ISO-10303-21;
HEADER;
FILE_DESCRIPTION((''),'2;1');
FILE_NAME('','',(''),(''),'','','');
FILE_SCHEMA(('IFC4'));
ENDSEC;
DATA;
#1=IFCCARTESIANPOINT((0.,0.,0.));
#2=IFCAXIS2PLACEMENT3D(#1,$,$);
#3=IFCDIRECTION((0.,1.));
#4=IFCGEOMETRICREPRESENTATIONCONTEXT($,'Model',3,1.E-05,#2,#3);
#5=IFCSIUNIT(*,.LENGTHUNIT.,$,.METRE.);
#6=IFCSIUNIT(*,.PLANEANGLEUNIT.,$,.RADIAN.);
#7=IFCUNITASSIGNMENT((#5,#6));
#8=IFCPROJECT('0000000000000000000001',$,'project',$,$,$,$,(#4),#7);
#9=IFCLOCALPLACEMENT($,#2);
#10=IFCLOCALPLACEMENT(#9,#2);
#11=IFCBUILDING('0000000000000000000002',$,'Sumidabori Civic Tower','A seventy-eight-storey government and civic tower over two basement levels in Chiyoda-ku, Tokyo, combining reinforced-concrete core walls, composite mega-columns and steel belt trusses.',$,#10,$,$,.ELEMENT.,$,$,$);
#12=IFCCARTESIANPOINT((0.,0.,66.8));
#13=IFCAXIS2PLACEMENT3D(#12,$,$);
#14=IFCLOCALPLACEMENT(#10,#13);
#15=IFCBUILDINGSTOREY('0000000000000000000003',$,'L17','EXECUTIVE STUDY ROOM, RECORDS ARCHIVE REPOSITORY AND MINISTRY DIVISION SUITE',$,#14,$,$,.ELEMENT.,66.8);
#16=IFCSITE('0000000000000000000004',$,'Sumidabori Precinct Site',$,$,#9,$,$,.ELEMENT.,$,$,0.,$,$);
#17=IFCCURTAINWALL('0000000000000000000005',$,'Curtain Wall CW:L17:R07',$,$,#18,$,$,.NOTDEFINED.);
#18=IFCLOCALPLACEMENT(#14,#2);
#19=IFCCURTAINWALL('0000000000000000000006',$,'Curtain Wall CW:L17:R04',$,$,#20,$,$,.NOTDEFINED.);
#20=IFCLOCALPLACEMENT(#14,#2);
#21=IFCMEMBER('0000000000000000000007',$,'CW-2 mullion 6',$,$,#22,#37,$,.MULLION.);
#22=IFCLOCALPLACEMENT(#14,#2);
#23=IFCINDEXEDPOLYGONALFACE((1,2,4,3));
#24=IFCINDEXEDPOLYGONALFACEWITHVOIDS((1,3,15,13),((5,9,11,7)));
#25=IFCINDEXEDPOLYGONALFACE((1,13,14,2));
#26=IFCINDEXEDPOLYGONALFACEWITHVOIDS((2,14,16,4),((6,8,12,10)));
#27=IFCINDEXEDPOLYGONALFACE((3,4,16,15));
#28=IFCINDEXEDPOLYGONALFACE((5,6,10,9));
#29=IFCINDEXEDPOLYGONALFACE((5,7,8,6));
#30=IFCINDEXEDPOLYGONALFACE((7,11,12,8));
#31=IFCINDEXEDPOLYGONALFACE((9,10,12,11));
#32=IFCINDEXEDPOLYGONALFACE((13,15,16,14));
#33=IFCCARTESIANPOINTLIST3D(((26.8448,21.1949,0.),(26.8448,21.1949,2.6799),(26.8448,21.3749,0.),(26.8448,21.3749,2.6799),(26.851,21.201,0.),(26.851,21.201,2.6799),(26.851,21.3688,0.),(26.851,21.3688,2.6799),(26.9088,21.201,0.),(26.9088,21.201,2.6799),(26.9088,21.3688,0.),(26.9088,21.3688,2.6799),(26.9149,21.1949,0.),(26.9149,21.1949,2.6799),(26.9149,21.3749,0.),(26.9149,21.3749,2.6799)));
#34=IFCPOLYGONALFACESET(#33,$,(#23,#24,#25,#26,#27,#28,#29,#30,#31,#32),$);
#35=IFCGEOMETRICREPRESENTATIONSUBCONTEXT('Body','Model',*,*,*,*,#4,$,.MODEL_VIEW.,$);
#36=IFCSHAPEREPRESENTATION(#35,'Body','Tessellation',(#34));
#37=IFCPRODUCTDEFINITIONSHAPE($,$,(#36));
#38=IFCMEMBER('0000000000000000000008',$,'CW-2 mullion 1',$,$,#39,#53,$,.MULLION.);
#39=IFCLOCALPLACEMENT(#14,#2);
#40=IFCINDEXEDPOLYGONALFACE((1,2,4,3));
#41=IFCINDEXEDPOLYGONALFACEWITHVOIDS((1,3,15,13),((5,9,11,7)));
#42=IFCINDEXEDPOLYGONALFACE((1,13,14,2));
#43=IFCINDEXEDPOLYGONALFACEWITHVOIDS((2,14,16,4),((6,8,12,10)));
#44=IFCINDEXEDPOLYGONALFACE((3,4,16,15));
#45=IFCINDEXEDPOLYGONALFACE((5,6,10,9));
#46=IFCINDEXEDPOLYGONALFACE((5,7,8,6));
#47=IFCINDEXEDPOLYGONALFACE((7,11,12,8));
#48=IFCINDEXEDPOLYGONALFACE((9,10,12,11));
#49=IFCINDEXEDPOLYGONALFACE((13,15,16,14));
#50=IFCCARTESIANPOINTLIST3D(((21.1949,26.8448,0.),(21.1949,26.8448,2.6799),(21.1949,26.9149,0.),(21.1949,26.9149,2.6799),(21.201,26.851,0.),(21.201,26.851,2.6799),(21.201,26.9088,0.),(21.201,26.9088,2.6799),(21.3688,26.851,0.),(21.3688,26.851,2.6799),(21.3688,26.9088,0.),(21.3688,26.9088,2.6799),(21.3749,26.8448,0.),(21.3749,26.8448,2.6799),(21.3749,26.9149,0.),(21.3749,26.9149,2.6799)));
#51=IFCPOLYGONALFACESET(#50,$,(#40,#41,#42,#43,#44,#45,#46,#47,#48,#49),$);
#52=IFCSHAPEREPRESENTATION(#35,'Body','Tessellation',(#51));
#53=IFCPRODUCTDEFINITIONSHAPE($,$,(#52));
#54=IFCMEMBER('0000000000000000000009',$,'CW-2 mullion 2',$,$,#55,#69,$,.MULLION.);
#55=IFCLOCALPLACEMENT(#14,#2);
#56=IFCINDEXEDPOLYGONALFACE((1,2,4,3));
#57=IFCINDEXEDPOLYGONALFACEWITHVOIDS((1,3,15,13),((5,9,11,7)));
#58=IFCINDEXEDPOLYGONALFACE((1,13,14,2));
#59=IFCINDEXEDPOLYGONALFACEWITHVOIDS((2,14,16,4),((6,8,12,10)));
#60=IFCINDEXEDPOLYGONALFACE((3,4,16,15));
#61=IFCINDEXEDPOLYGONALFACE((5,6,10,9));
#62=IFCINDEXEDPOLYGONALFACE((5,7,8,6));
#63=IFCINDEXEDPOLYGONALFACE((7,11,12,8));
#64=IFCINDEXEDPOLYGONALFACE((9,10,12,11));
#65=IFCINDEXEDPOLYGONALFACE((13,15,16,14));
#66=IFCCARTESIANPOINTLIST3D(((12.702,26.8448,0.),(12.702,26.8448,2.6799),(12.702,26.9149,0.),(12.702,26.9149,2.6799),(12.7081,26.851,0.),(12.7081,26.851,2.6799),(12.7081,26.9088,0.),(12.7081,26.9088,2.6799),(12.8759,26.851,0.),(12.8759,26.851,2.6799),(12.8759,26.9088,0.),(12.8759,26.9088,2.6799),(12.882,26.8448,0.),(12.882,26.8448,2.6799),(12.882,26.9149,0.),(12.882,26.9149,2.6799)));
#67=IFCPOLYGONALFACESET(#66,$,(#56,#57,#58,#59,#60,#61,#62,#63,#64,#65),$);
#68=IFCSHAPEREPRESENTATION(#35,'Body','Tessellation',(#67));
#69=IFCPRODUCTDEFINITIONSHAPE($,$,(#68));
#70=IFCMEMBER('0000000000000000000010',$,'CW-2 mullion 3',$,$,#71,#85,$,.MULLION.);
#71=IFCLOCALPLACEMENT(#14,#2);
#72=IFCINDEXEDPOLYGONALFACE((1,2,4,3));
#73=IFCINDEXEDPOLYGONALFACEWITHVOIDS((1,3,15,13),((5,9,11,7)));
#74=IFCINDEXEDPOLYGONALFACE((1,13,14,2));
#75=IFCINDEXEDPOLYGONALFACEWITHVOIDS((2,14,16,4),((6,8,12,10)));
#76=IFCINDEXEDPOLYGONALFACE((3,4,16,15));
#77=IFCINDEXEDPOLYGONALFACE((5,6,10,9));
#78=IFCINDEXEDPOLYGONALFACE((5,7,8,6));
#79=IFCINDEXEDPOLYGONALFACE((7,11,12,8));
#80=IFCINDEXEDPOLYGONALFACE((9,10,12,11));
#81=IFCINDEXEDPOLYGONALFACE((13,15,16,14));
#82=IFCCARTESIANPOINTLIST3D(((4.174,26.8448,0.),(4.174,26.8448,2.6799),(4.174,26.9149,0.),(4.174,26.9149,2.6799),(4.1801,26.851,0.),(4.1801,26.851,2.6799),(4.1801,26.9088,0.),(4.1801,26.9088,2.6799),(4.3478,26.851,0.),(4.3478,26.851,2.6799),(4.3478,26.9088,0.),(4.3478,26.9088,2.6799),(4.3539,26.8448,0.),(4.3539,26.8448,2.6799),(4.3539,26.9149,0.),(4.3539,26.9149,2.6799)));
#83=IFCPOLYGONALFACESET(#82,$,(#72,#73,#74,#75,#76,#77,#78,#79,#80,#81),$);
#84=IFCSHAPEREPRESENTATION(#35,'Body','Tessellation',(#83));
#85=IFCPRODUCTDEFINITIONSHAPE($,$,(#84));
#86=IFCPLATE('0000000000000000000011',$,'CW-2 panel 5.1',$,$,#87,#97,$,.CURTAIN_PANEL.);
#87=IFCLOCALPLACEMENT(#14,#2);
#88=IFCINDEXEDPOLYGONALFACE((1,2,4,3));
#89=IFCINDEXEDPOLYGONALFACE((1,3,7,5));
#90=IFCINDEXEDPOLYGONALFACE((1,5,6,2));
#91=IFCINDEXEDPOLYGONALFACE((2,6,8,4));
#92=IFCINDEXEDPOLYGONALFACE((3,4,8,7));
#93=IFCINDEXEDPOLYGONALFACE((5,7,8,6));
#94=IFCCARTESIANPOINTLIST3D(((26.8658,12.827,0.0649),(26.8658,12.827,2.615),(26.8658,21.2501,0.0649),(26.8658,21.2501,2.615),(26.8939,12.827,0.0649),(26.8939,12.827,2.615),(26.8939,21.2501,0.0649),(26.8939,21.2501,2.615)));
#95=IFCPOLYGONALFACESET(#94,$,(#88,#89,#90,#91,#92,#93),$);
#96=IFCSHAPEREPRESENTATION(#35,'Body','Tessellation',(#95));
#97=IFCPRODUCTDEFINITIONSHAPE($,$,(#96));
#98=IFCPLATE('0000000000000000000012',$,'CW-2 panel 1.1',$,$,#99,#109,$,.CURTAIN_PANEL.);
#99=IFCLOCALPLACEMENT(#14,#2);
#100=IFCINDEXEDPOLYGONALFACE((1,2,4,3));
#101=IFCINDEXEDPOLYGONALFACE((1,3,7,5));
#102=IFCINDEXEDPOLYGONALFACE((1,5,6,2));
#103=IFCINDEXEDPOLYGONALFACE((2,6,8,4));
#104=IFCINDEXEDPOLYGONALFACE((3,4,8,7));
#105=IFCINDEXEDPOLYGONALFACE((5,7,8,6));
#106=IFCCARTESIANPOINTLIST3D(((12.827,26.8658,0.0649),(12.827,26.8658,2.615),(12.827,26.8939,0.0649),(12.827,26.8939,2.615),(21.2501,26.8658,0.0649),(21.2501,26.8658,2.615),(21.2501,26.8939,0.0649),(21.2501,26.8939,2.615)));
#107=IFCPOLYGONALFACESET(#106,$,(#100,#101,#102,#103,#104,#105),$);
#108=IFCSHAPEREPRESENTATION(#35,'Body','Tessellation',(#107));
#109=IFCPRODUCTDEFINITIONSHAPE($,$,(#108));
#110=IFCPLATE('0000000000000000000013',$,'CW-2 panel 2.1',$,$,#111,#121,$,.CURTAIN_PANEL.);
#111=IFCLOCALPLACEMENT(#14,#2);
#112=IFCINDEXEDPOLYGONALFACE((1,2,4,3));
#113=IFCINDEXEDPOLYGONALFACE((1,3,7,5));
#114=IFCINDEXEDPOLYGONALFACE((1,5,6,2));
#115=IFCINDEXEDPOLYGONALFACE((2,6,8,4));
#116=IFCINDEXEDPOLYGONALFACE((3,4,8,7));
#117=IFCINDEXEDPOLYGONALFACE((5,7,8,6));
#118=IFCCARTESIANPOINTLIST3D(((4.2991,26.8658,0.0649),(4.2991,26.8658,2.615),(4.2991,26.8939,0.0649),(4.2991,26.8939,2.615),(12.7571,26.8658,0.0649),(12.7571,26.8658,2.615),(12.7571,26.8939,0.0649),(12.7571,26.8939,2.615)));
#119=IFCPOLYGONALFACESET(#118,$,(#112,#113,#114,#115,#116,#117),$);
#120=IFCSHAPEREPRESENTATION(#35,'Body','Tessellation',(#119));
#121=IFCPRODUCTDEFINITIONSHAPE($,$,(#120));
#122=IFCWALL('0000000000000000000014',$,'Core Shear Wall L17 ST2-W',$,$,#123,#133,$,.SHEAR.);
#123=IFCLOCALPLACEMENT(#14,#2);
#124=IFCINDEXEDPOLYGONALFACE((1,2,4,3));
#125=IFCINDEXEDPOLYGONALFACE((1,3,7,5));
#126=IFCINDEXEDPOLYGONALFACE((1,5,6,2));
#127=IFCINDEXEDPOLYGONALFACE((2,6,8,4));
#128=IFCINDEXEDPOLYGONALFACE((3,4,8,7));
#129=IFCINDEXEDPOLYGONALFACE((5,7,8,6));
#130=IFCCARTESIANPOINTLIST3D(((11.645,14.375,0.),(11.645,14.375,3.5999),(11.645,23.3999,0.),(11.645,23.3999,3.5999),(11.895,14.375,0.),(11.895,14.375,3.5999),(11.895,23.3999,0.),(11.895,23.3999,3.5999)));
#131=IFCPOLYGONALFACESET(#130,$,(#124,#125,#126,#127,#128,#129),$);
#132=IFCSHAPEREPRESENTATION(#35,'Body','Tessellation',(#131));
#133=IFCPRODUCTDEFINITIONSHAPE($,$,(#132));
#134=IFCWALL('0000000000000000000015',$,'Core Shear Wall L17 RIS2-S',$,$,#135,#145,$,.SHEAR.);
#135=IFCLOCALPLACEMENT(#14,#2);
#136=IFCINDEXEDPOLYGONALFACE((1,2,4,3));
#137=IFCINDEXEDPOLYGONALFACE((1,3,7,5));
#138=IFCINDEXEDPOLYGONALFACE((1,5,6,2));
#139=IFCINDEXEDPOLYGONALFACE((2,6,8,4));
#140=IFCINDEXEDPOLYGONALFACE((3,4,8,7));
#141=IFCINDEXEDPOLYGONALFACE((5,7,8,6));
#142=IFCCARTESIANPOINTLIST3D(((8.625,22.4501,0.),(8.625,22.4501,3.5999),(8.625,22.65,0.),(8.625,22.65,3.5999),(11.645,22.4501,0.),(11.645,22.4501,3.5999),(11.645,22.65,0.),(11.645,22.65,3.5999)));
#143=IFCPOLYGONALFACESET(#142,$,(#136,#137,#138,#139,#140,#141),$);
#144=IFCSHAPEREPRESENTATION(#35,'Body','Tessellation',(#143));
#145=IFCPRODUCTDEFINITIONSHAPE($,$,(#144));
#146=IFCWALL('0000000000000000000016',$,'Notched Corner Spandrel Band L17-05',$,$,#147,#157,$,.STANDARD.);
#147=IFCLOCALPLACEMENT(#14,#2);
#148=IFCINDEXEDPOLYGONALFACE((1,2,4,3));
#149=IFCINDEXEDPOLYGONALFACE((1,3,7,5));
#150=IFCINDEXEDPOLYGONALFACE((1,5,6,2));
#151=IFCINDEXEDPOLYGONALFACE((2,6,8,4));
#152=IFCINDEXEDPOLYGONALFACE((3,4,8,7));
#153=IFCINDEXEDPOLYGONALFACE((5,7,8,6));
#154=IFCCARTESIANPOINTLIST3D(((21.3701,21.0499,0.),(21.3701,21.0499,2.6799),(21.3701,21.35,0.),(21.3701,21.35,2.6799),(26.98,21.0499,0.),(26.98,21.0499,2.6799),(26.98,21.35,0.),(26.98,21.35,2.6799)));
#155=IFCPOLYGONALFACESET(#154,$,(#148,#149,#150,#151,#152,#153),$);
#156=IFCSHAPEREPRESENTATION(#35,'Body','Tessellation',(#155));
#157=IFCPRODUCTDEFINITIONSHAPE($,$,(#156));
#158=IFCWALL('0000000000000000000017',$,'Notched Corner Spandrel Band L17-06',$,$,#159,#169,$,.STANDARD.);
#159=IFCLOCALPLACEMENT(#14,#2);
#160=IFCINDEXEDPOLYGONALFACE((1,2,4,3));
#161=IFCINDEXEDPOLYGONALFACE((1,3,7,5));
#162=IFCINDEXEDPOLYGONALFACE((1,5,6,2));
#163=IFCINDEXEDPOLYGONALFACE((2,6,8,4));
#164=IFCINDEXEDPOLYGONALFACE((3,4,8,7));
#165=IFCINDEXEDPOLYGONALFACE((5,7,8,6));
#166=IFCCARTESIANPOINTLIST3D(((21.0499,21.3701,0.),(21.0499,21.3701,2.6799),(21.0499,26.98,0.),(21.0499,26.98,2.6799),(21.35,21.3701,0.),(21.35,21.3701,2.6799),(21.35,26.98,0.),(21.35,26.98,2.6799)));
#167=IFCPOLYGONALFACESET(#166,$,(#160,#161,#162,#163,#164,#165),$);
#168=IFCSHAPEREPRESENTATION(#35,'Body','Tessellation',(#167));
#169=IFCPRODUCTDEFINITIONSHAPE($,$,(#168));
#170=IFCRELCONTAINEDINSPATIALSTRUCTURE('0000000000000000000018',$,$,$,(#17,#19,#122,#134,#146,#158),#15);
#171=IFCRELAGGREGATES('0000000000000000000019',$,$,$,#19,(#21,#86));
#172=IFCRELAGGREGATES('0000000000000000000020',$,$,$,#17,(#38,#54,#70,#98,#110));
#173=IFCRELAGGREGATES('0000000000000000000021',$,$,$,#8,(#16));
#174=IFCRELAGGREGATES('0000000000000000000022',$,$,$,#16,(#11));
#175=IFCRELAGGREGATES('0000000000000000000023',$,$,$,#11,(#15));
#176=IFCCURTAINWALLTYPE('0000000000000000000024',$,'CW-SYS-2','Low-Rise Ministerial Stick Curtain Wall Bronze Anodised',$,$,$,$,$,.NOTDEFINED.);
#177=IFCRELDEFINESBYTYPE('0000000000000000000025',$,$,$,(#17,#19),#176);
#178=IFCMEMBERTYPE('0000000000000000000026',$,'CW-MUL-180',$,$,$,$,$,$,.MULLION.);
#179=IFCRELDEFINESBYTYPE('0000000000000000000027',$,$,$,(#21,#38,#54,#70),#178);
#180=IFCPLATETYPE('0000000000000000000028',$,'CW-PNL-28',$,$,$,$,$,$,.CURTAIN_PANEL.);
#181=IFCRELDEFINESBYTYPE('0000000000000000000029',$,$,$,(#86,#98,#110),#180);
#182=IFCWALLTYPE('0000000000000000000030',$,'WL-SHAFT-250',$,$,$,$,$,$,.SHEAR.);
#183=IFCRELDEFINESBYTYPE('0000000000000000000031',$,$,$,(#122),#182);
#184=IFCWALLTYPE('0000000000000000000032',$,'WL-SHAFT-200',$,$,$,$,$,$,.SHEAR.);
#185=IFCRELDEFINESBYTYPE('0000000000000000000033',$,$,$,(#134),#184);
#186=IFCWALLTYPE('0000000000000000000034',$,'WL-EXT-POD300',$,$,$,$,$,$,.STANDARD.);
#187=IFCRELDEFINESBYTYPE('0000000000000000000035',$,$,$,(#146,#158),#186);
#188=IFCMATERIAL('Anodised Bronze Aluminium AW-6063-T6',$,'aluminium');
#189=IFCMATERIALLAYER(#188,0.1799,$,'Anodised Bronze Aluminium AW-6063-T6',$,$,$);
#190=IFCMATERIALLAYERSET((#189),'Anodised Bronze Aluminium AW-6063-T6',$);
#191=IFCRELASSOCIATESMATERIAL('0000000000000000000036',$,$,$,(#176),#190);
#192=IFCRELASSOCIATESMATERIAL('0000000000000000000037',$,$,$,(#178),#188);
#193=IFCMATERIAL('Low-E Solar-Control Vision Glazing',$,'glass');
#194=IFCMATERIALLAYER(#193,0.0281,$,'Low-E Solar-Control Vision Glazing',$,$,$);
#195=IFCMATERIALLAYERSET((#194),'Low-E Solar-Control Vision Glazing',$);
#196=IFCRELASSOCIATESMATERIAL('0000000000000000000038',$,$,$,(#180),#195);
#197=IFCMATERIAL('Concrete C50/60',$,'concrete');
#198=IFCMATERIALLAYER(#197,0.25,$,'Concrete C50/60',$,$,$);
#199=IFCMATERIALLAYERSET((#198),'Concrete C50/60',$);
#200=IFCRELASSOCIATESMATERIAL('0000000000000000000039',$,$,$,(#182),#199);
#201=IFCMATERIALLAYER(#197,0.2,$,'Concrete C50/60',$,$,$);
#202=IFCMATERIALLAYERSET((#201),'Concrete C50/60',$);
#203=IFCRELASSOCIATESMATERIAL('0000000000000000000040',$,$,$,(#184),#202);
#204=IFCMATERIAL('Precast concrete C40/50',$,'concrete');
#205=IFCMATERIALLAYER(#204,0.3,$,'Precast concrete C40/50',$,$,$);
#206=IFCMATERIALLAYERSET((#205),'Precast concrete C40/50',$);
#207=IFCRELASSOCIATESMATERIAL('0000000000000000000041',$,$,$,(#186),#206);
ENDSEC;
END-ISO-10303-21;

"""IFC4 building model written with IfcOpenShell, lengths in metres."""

from ifc_helpers import new_model, si_unit, direction, frame, frame_2d, origin, origin_2d, place, context, subcontext, project, spatial, rectangle, hollow_rectangle, extrude, source, transform, mapped, material, layer, layer_set, material_profile, profile_set, type_object, element, aggregate, save


model = new_model("IFC4")

# Units and contexts
model_context = context("Model", 3, precision=1e-05, world=origin(), true_north=direction((0.0, 1.0)))
body_context = subcontext(model_context, "Body", "Model", "MODEL_VIEW")
ifc_project = project(units=[si_unit("LENGTHUNIT", "METRE"), si_unit("PLANEANGLEUNIT", "RADIAN")], contexts=[model_context])

# Site, building, storey
site_placement = place(None, origin())
site = spatial("IfcSite", under=ifc_project, at=site_placement, Name="Sumidabori Precinct Site", CompositionType="ELEMENT", RefElevation=0.0)
building_placement = place(site_placement, origin())
building = spatial("IfcBuilding", under=site, at=building_placement, Name="Sumidabori Civic Tower", Description="A seventy-eight-storey government and civic tower over two basement levels in Chiyoda-ku, Tokyo, combining reinforced-concrete core walls, composite mega-columns and steel belt trusses.", CompositionType="ELEMENT")
storey_placement = place(building_placement, frame((0.0, 0.0, 66.8)))
storey = spatial("IfcBuildingStorey", under=building, at=storey_placement, Name="L17", Description="EXECUTIVE STUDY ROOM, RECORDS ARCHIVE REPOSITORY AND MINISTRY DIVISION SUITE", CompositionType="ELEMENT", Elevation=66.8)

# Curtain wall
ifc_material_1 = material(Name="Anodised Bronze Aluminium AW-6063-T6", Category="aluminium")
ifc_layer_1 = layer(ifc_material_1, 0.1799, Name="Anodised Bronze Aluminium AW-6063-T6")
ifc_layer_set_1 = layer_set([ifc_layer_1], Name="Anodised Bronze Aluminium AW-6063-T6")
curtain_wall_type = type_object("IfcCurtainWallType", Name="CW-SYS-2", Description="Low-Rise Ministerial Stick Curtain Wall Bronze Anodised", PredefinedType="NOTDEFINED", material=ifc_layer_set_1)
curtain_wall_1_placement = place(storey_placement, origin())
curtain_wall_1 = element("IfcCurtainWall", 1, at=curtain_wall_1_placement, inside=storey, type_object=curtain_wall_type, Name="Curtain Wall CW:L17:R07", PredefinedType="NOTDEFINED")

# Curtain wall, member
curtain_wall_2_placement = place(storey_placement, origin())
curtain_wall_2 = element("IfcCurtainWall", 2, at=curtain_wall_2_placement, inside=storey, type_object=curtain_wall_type, Name="Curtain Wall CW:L17:R04", PredefinedType="NOTDEFINED")
ifc_material_profile_1 = material_profile(ifc_material_1, hollow_rectangle(XDim=0.0701, YDim=0.1799, WallThickness=0.0061, at=origin_2d()), Name="ALU MULLION 180x70")
ifc_profile_set_1 = profile_set([ifc_material_profile_1], Name="Anodised Bronze Aluminium AW-6063-T6")
member_type_1 = type_object("IfcMemberType", Name="CW-MUL-180", PredefinedType="MULLION", material=ifc_profile_set_1)
shared_shape_1 = source(origin(), body_context, "Body", "SweptSolid", [
    extrude(hollow_rectangle(XDim=0.0701, YDim=0.1799, WallThickness=0.0061, at=origin_2d()), origin(), (0.0, 0.0, 1.0), 2.6799),
])
member_1_placement = place(storey_placement, frame((26.8799, 21.2849, 0.0), z_axis=(0.0, 0.0, 1.0), x_axis=(-1.0, 0.0, 0.0)))
member_1 = element("IfcMember", 3, at=member_1_placement, type_object=member_type_1, Name="CW-2 mullion 6", PredefinedType="MULLION", context=body_context, shape_type="MappedRepresentation", body=[
    mapped(shared_shape_1, transform((0.0, 0.0, 0.0), x_axis=(1.0, 0.0, 0.0), y_axis=(0.0, 1.0, 0.0), z_axis=(0.0, 0.0, 1.0), scale=1.0)),
])

# Members
member_2_placement = place(storey_placement, frame((21.2849, 26.8799, 0.0), z_axis=(0.0, 0.0, 1.0), x_axis=(0.0, -1.0, 0.0)))
member_2 = element("IfcMember", 4, at=member_2_placement, type_object=member_type_1, Name="CW-2 mullion 1", PredefinedType="MULLION", context=body_context, shape_type="MappedRepresentation", body=[
    mapped(shared_shape_1, transform((0.0, 0.0, 0.0), x_axis=(1.0, 0.0, 0.0), y_axis=(0.0, 1.0, 0.0), z_axis=(0.0, 0.0, 1.0), scale=1.0)),
])
member_3_placement = place(storey_placement, frame((12.792, 26.8799, 0.0), z_axis=(0.0, 0.0, 1.0), x_axis=(0.0, -1.0, 0.0)))
member_3 = element("IfcMember", 5, at=member_3_placement, type_object=member_type_1, Name="CW-2 mullion 2", PredefinedType="MULLION", context=body_context, shape_type="MappedRepresentation", body=[
    mapped(shared_shape_1, transform((0.0, 0.0, 0.0), x_axis=(1.0, 0.0, 0.0), y_axis=(0.0, 1.0, 0.0), z_axis=(0.0, 0.0, 1.0), scale=1.0)),
])
member_4_placement = place(storey_placement, frame((4.2639, 26.8799, 0.0), z_axis=(0.0, 0.0, 1.0), x_axis=(0.0, -1.0, 0.0)))
member_4 = element("IfcMember", 6, at=member_4_placement, type_object=member_type_1, Name="CW-2 mullion 3", PredefinedType="MULLION", context=body_context, shape_type="MappedRepresentation", body=[
    mapped(shared_shape_1, transform((0.0, 0.0, 0.0), x_axis=(1.0, 0.0, 0.0), y_axis=(0.0, 1.0, 0.0), z_axis=(0.0, 0.0, 1.0), scale=1.0)),
])

# Plates
ifc_material_2 = material(Name="Low-E Solar-Control Vision Glazing", Category="glass")
ifc_layer_2 = layer(ifc_material_2, 0.0281, Name="Low-E Solar-Control Vision Glazing")
ifc_layer_set_2 = layer_set([ifc_layer_2], Name="Low-E Solar-Control Vision Glazing")
plate_type = type_object("IfcPlateType", Name="CW-PNL-28", PredefinedType="CURTAIN_PANEL", material=ifc_layer_set_2)
shared_shape_2 = source(origin(), body_context, "Body", "SweptSolid", [
    extrude(rectangle(XDim=8.4231, YDim=0.0281, at=origin_2d()), origin(), (0.0, 0.0, 1.0), 2.55),
])
plate_1_placement = place(storey_placement, frame((26.8799, 17.0386, 0.0649), z_axis=(0.0, 0.0, 1.0), x_axis=(0.0, 1.0, 0.0)))
plate_1 = element("IfcPlate", 7, at=plate_1_placement, type_object=plate_type, Name="CW-2 panel 5.1", PredefinedType="CURTAIN_PANEL", context=body_context, shape_type="MappedRepresentation", body=[
    mapped(shared_shape_2, transform((0.0, 0.0, 0.0), x_axis=(1.0, 0.0, 0.0), y_axis=(0.0, 1.0, 0.0), z_axis=(0.0, 0.0, 1.0), scale=1.0)),
])
aggregate(curtain_wall_2, [member_1, plate_1])
plate_2_placement = place(storey_placement, frame((17.0386, 26.8799, 0.0649), z_axis=(0.0, 0.0, 1.0), x_axis=(-1.0, 0.0, 0.0)))
plate_2 = element("IfcPlate", 8, at=plate_2_placement, type_object=plate_type, Name="CW-2 panel 1.1", PredefinedType="CURTAIN_PANEL", context=body_context, shape_type="MappedRepresentation", body=[
    mapped(shared_shape_2, transform((0.0, 0.0, 0.0), x_axis=(1.0, 0.0, 0.0), y_axis=(0.0, 1.0, 0.0), z_axis=(0.0, 0.0, 1.0), scale=1.0)),
])
shared_shape_3 = source(origin(), body_context, "Body", "SweptSolid", [
    extrude(rectangle(XDim=8.458, YDim=0.0281, at=origin_2d()), origin(), (0.0, 0.0, 1.0), 2.55),
])
plate_3_placement = place(storey_placement, frame((8.5281, 26.8799, 0.0649), z_axis=(0.0, 0.0, 1.0), x_axis=(-1.0, 0.0, 0.0)))
plate_3 = element("IfcPlate", 9, at=plate_3_placement, type_object=plate_type, Name="CW-2 panel 2.1", PredefinedType="CURTAIN_PANEL", context=body_context, shape_type="MappedRepresentation", body=[
    mapped(shared_shape_3, transform((0.0, 0.0, 0.0), x_axis=(1.0, 0.0, 0.0), y_axis=(0.0, 1.0, 0.0), z_axis=(0.0, 0.0, 1.0), scale=1.0)),
])
aggregate(curtain_wall_1, [member_2, member_3, member_4, plate_2, plate_3])

# Shared definitions
ifc_material_3 = material(Name="Concrete C50/60", Category="concrete")
ifc_layer_3 = layer(ifc_material_3, 0.25, Name="Concrete C50/60")
ifc_layer_set_3 = layer_set([ifc_layer_3], Name="Concrete C50/60")
wall_type_1 = type_object("IfcWallType", Name="WL-SHAFT-250", PredefinedType="SHEAR", material=ifc_layer_set_3)

# Walls
shared_shape_4 = source(origin(), body_context, "Body", "SweptSolid", [
    extrude(rectangle(XDim=9.0249, YDim=0.25, at=frame_2d((4.5125, 0.0))), origin(), (0.0, 0.0, 1.0), 3.5999),
])
wall_1_placement = place(storey_placement, frame((11.77, 14.375, 0.0), z_axis=(0.0, 0.0, 1.0), x_axis=(0.0, 1.0, 0.0)))
element("IfcWall", 10, at=wall_1_placement, inside=storey, type_object=wall_type_1, Name="Core Shear Wall L17 ST2-W", PredefinedType="SHEAR", context=body_context, shape_type="MappedRepresentation", body=[
    mapped(shared_shape_4, transform((0.0, 0.0, 0.0), x_axis=(1.0, 0.0, 0.0), y_axis=(0.0, 1.0, 0.0), z_axis=(0.0, 0.0, 1.0), scale=1.0)),
])
ifc_layer_4 = layer(ifc_material_3, 0.2, Name="Concrete C50/60")
ifc_layer_set_4 = layer_set([ifc_layer_4], Name="Concrete C50/60")
wall_type_2 = type_object("IfcWallType", Name="WL-SHAFT-200", PredefinedType="SHEAR", material=ifc_layer_set_4)
shared_shape_5 = source(origin(), body_context, "Body", "SweptSolid", [
    extrude(rectangle(XDim=3.02, YDim=0.2, at=frame_2d((1.51, 0.0))), origin(), (0.0, 0.0, 1.0), 3.5999),
])
wall_2_placement = place(storey_placement, frame((8.625, 22.55, 0.0), z_axis=(0.0, 0.0, 1.0), x_axis=(1.0, 0.0, 0.0)))
element("IfcWall", 11, at=wall_2_placement, inside=storey, type_object=wall_type_2, Name="Core Shear Wall L17 RIS2-S", PredefinedType="SHEAR", context=body_context, shape_type="MappedRepresentation", body=[
    mapped(shared_shape_5, transform((0.0, 0.0, 0.0), x_axis=(1.0, 0.0, 0.0), y_axis=(0.0, 1.0, 0.0), z_axis=(0.0, 0.0, 1.0), scale=1.0)),
])
ifc_material_4 = material(Name="Precast concrete C40/50", Category="concrete")
ifc_layer_5 = layer(ifc_material_4, 0.3, Name="Precast concrete C40/50")
ifc_layer_set_5 = layer_set([ifc_layer_5], Name="Precast concrete C40/50")
wall_type_3 = type_object("IfcWallType", Name="WL-EXT-POD300", PredefinedType="STANDARD", material=ifc_layer_set_5)
shared_shape_6 = source(origin(), body_context, "Body", "SweptSolid", [
    extrude(rectangle(XDim=5.6099, YDim=0.3, at=frame_2d((2.8049, 0.0))), origin(), (0.0, 0.0, 1.0), 2.6799),
])
for number, where, z_axis, x_axis, name in (
    (12, (26.98, 21.2, 0.0), (0.0, 0.0, 1.0), (-1.0, 0.0, 0.0), "Notched Corner Spandrel Band L17-05"),
    (13, (21.2, 21.3701, 0.0), (0.0, 0.0, 1.0), (0.0, 1.0, 0.0), "Notched Corner Spandrel Band L17-06"),
):
    element("IfcWall", number, at=place(storey_placement, frame(where, z_axis=z_axis, x_axis=x_axis)), inside=storey, type_object=wall_type_3, Name=name, PredefinedType="STANDARD", context=body_context, shape_type="MappedRepresentation", body=[
        mapped(shared_shape_6, transform((0.0, 0.0, 0.0), x_axis=(1.0, 0.0, 0.0), y_axis=(0.0, 1.0, 0.0), z_axis=(0.0, 0.0, 1.0), scale=1.0)),
    ])

save(model, "model.ifc")
